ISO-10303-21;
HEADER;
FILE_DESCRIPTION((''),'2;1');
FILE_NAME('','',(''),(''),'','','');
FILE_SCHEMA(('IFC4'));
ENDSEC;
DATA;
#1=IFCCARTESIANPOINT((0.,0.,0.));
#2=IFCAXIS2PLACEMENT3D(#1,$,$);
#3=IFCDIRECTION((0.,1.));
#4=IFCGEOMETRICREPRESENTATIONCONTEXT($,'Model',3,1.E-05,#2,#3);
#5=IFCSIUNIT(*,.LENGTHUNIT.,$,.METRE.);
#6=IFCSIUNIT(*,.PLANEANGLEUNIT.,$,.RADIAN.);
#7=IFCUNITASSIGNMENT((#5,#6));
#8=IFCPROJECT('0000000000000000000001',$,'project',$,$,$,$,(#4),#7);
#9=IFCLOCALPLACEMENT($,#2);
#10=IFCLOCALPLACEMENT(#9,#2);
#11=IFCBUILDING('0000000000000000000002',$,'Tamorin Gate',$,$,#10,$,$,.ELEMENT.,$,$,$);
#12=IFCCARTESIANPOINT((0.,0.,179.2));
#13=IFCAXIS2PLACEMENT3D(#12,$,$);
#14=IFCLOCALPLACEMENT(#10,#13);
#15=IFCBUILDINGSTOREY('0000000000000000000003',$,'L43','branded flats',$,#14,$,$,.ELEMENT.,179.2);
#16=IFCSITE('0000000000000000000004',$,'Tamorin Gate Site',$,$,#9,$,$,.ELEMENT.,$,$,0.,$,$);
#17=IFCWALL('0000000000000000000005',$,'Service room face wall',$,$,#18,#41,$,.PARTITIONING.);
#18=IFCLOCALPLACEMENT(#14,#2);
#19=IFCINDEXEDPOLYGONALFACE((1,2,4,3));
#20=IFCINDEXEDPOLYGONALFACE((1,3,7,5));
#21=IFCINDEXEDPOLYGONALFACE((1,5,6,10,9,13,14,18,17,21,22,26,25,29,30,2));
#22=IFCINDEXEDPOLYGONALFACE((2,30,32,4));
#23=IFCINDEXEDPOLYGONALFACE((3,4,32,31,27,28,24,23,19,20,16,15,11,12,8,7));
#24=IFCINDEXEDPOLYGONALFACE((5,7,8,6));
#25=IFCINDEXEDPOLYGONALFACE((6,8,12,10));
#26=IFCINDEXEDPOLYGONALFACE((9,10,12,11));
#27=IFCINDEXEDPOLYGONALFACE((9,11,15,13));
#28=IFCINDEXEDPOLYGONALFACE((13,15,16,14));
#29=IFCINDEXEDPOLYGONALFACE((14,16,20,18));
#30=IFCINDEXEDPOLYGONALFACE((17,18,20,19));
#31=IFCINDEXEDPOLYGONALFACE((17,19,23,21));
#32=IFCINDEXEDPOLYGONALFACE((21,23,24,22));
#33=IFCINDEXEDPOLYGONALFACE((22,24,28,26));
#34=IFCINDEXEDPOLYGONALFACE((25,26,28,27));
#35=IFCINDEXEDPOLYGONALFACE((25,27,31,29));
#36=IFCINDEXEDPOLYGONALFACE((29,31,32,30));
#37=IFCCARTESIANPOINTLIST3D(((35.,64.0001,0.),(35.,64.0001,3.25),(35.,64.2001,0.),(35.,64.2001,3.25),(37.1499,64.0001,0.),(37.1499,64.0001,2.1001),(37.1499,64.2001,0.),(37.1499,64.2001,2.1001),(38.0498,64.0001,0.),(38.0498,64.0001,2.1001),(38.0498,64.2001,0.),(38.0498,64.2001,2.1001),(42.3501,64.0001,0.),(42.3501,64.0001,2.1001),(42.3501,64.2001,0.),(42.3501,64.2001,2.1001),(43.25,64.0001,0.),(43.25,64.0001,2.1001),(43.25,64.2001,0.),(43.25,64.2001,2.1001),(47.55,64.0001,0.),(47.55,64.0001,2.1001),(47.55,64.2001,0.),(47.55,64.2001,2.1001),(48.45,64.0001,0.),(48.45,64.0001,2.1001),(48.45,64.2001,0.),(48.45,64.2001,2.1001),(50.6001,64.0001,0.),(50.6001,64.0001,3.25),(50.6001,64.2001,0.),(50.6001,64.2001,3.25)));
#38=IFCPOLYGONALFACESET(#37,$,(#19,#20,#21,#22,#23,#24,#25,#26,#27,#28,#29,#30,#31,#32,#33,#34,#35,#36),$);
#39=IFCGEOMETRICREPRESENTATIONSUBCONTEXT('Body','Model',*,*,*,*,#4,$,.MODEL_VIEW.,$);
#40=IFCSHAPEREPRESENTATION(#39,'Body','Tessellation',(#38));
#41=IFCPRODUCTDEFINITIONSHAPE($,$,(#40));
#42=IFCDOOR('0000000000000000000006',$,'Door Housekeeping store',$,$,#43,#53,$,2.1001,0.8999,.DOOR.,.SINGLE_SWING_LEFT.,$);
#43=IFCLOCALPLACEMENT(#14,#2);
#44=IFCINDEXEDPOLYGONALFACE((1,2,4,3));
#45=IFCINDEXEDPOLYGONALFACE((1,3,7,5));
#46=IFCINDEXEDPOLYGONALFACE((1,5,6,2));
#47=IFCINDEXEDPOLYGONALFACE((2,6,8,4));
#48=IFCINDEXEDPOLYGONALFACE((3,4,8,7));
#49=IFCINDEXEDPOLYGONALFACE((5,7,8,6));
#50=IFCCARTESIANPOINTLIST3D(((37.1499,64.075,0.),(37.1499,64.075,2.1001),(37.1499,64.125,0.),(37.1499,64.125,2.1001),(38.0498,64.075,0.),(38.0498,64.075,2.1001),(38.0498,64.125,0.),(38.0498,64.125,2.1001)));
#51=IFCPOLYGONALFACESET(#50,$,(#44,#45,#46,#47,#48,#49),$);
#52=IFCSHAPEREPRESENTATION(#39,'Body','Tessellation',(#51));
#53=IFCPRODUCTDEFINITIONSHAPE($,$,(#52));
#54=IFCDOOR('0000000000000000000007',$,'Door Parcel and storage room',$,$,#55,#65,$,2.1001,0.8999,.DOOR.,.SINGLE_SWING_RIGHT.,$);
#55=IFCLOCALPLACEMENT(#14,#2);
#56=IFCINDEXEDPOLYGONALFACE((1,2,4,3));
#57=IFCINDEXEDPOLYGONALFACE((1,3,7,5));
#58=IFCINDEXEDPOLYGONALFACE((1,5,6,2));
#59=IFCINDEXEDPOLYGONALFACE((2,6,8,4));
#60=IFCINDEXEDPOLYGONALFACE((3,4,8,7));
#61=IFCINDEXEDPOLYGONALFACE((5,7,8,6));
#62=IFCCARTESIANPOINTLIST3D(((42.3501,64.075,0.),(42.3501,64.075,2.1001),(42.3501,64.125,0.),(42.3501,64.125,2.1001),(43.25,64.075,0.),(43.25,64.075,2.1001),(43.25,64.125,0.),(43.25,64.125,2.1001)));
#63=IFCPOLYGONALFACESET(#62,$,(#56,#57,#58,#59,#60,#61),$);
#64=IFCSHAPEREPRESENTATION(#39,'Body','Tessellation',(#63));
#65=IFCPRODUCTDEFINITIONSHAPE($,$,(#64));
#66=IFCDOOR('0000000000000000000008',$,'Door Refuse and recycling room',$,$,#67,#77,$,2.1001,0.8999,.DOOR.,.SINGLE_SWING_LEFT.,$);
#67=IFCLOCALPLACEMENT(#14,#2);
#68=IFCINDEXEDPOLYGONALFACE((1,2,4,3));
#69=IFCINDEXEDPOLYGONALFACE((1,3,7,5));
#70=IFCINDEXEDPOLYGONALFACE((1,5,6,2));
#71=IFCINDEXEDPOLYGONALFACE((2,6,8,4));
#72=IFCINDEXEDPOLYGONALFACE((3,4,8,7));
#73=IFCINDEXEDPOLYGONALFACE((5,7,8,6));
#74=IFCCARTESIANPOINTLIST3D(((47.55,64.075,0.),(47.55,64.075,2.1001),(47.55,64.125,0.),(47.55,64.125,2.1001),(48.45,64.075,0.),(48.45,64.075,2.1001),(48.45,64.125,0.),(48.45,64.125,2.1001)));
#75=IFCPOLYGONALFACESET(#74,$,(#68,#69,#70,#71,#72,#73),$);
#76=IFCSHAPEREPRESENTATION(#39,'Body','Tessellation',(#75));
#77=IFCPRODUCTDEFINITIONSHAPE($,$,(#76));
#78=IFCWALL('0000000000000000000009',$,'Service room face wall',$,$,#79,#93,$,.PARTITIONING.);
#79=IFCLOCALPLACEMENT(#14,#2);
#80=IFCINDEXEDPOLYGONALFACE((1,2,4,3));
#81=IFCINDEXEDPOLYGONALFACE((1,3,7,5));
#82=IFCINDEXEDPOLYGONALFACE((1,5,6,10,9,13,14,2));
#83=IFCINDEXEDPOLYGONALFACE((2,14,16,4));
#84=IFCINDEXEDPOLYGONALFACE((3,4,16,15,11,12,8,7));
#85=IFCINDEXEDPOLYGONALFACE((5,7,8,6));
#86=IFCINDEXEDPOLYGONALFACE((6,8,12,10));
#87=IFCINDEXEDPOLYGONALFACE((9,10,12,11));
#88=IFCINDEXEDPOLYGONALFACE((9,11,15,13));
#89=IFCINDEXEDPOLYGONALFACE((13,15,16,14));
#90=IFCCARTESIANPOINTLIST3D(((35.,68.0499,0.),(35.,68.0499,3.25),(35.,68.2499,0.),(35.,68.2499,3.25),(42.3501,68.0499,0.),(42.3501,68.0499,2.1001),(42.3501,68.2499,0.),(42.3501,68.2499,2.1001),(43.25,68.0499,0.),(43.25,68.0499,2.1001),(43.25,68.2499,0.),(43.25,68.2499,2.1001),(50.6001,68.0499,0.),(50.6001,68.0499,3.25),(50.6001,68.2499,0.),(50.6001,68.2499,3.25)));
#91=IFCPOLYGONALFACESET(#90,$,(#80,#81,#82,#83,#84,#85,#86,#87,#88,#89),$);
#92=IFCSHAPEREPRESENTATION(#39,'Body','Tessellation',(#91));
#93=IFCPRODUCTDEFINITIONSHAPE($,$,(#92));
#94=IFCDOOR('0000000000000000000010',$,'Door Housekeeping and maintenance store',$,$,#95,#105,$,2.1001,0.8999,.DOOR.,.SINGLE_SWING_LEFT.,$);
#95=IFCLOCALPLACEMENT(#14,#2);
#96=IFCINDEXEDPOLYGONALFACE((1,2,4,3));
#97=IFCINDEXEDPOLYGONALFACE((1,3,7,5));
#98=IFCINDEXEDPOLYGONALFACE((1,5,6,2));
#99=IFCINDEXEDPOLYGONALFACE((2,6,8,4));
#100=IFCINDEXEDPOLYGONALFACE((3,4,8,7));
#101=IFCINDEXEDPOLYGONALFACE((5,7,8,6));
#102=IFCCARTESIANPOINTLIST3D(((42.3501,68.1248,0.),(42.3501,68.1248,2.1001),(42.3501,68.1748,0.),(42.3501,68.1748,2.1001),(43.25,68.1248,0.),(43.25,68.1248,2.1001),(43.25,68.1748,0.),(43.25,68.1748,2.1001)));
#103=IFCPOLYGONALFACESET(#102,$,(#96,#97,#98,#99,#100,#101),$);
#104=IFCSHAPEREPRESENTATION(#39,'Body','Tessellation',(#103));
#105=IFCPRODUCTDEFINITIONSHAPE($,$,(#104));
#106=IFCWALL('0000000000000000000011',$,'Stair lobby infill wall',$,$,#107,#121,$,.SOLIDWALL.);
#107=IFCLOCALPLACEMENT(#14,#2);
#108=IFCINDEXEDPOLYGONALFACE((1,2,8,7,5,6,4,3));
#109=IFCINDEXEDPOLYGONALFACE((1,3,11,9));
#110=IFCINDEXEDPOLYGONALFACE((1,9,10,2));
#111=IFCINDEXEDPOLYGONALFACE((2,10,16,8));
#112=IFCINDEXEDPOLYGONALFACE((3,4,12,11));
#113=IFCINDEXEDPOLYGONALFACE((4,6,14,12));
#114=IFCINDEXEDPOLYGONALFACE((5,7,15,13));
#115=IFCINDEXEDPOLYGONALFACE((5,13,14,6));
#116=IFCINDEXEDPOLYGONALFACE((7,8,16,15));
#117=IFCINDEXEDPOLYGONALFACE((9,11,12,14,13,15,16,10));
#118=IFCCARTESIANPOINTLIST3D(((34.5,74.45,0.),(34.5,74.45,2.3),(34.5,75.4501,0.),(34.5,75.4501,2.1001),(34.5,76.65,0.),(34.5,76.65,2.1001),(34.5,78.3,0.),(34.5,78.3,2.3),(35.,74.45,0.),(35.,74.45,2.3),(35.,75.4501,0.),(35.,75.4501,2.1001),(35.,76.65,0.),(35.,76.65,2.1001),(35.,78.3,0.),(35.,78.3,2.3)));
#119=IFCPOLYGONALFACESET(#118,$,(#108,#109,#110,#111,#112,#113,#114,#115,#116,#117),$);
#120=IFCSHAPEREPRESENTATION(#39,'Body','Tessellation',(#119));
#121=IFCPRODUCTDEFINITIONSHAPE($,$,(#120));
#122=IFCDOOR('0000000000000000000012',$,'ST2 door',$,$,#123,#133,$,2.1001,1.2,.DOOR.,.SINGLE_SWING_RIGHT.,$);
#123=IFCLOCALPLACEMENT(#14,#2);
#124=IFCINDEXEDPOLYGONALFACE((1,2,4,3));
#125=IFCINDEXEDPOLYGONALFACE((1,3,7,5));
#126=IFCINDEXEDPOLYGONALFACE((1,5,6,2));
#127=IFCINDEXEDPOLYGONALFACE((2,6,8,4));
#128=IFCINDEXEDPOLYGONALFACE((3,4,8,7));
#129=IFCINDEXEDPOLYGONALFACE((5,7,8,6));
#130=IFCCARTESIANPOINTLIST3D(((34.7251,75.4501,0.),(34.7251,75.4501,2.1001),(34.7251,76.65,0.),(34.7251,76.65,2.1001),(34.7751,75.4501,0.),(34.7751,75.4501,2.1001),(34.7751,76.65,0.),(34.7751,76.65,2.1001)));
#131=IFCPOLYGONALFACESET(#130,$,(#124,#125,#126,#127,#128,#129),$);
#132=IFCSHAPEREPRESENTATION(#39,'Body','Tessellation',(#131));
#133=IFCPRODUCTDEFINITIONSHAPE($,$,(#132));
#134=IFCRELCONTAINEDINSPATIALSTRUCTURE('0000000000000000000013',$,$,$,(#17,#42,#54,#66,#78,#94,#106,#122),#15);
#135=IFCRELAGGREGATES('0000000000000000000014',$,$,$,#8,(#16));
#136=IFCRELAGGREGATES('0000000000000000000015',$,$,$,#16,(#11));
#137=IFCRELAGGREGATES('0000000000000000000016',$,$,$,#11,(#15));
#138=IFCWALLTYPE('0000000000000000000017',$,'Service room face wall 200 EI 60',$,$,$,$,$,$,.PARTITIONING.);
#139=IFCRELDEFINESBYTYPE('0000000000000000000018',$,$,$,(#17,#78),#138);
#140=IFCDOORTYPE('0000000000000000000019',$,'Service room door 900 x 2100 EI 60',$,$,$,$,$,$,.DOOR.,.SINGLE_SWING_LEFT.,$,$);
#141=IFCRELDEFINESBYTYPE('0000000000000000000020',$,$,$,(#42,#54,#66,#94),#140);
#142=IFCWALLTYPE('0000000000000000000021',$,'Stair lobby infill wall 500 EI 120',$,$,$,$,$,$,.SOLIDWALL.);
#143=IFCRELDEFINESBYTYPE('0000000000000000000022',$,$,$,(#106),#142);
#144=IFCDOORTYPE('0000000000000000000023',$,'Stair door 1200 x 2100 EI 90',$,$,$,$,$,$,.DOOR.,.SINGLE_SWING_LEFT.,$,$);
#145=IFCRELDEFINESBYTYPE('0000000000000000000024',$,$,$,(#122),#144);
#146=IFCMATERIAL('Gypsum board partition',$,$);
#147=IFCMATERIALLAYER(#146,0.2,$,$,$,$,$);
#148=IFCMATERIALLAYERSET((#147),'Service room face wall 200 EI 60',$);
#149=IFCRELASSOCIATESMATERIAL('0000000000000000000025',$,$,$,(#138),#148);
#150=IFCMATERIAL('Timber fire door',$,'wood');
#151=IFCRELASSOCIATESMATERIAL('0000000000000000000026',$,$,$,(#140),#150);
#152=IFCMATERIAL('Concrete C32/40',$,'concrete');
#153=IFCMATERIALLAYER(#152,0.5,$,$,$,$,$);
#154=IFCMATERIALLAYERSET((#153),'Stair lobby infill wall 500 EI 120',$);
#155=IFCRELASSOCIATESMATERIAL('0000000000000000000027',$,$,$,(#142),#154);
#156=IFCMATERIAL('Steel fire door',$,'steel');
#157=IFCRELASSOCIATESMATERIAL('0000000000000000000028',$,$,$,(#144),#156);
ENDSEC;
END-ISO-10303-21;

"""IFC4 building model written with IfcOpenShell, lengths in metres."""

from ifc_helpers import new_model, si_unit, direction, frame, frame_2d, origin, place, context, subcontext, project, spatial, rectangle, extrude, material, layer, layer_set, type_object, element, fill, save


model = new_model("IFC4")

# Units and contexts
model_context = context("Model", 3, precision=1e-05, world=origin(), true_north=direction((0.0, 1.0)))
body_context = subcontext(model_context, "Body", "Model", "MODEL_VIEW")
ifc_project = project(units=[si_unit("LENGTHUNIT", "METRE"), si_unit("PLANEANGLEUNIT", "RADIAN")], contexts=[model_context])

# Site, building, storey
site_placement = place(None, origin())
site = spatial("IfcSite", under=ifc_project, at=site_placement, Name="Tamorin Gate Site", CompositionType="ELEMENT", RefElevation=0.0)
building_placement = place(site_placement, origin())
building = spatial("IfcBuilding", under=site, at=building_placement, Name="Tamorin Gate", CompositionType="ELEMENT")
storey_placement = place(building_placement, frame((0.0, 0.0, 179.2)))
storey = spatial("IfcBuildingStorey", under=building, at=storey_placement, Name="L43", Description="branded flats", CompositionType="ELEMENT", Elevation=179.2)

# Shared definitions
ifc_material_1 = material(Name="Concrete C32/40", Category="concrete")

# Wall, openings, doors
ifc_material_2 = material(Name="Gypsum board partition")
ifc_layer_1 = layer(ifc_material_2, 0.2)
ifc_layer_set_1 = layer_set([ifc_layer_1], Name="Service room face wall 200 EI 60")
wall_type_1 = type_object("IfcWallType", Name="Service room face wall 200 EI 60", PredefinedType="PARTITIONING", material=ifc_layer_set_1)
wall_1_placement = place(storey_placement, frame((35.0, 64.1001, 0.0), z_axis=(0.0, 0.0, 1.0), x_axis=(1.0, 0.0, 0.0)))
wall_1 = element("IfcWall", 1, at=wall_1_placement, inside=storey, type_object=wall_type_1, Name="Service room face wall", PredefinedType="PARTITIONING", context=body_context, shape_type="SweptSolid", body=[
    extrude(rectangle(XDim=15.6001, YDim=0.2, at=frame_2d((7.8, 0.0))), origin(), (0.0, 0.0, 1.0), 3.25),
])
opening_1_placement = place(wall_1_placement, frame((2.1499, 0.0, 0.0)))
opening_1 = element("IfcOpeningElement", 2, at=opening_1_placement, cuts=wall_1, PredefinedType="OPENING", context=body_context, shape_type="SweptSolid", body=[
    extrude(rectangle(XDim=0.8999, YDim=2.1001, at=frame_2d((0.45, 1.05))), frame((0.0, 0.1099, 0.0), z_axis=(0.0, -1.0, 0.0), x_axis=(1.0, 0.0, 0.0)), (0.0, 0.0, 1.0), 0.22),
])
opening_2_placement = place(wall_1_placement, frame((7.3501, 0.0, 0.0)))
opening_2 = element("IfcOpeningElement", 3, at=opening_2_placement, cuts=wall_1, PredefinedType="OPENING", context=body_context, shape_type="SweptSolid", body=[
    extrude(rectangle(XDim=0.8999, YDim=2.1001, at=frame_2d((0.45, 1.05))), frame((0.0, 0.1099, 0.0), z_axis=(0.0, -1.0, 0.0), x_axis=(1.0, 0.0, 0.0)), (0.0, 0.0, 1.0), 0.22),
])
opening_3_placement = place(wall_1_placement, frame((12.55, 0.0, 0.0)))
opening_3 = element("IfcOpeningElement", 4, at=opening_3_placement, cuts=wall_1, PredefinedType="OPENING", context=body_context, shape_type="SweptSolid", body=[
    extrude(rectangle(XDim=0.8999, YDim=2.1001, at=frame_2d((0.45, 1.05))), frame((0.0, 0.1099, 0.0), z_axis=(0.0, -1.0, 0.0), x_axis=(1.0, 0.0, 0.0)), (0.0, 0.0, 1.0), 0.22),
])
ifc_material_3 = material(Name="Timber fire door", Category="wood")
door_type_1 = type_object("IfcDoorType", Name="Service room door 900 x 2100 EI 60", OperationType="SINGLE_SWING_LEFT", PredefinedType="DOOR", material=ifc_material_3)
door_1_placement = place(opening_1_placement, origin())
door_1 = element("IfcDoor", 5, at=door_1_placement, inside=storey, type_object=door_type_1, Name="Door Housekeeping store", OperationType="SINGLE_SWING_LEFT", OverallHeight=2.1001, OverallWidth=0.8999, PredefinedType="DOOR", context=body_context, shape_type="SweptSolid", body=[
    extrude(rectangle(XDim=0.8999, YDim=2.1001, at=frame_2d((0.45, 1.05))), frame((0.0, 0.0249, 0.0), z_axis=(0.0, -1.0, 0.0), x_axis=(1.0, 0.0, 0.0)), (0.0, 0.0, 1.0), 0.05),
])
fill(opening_1, door_1)
door_2_placement = place(opening_2_placement, origin())
door_2 = element("IfcDoor", 6, at=door_2_placement, inside=storey, type_object=door_type_1, Name="Door Parcel and storage room", OperationType="SINGLE_SWING_RIGHT", OverallHeight=2.1001, OverallWidth=0.8999, PredefinedType="DOOR", context=body_context, shape_type="SweptSolid", body=[
    extrude(rectangle(XDim=0.8999, YDim=2.1001, at=frame_2d((0.45, 1.05))), frame((0.0, 0.0249, 0.0), z_axis=(0.0, -1.0, 0.0), x_axis=(1.0, 0.0, 0.0)), (0.0, 0.0, 1.0), 0.05),
])
fill(opening_2, door_2)
door_3_placement = place(opening_3_placement, origin())
door_3 = element("IfcDoor", 7, at=door_3_placement, inside=storey, type_object=door_type_1, Name="Door Refuse and recycling room", OperationType="SINGLE_SWING_LEFT", OverallHeight=2.1001, OverallWidth=0.8999, PredefinedType="DOOR", context=body_context, shape_type="SweptSolid", body=[
    extrude(rectangle(XDim=0.8999, YDim=2.1001, at=frame_2d((0.45, 1.05))), frame((0.0, 0.0249, 0.0), z_axis=(0.0, -1.0, 0.0), x_axis=(1.0, 0.0, 0.0)), (0.0, 0.0, 1.0), 0.05),
])
fill(opening_3, door_3)

# Walls, openings, doors
wall_2_placement = place(storey_placement, frame((35.0, 68.1499, 0.0), z_axis=(0.0, 0.0, 1.0), x_axis=(1.0, 0.0, 0.0)))
wall_2 = element("IfcWall", 8, at=wall_2_placement, inside=storey, type_object=wall_type_1, Name="Service room face wall", PredefinedType="PARTITIONING", context=body_context, shape_type="SweptSolid", body=[
    extrude(rectangle(XDim=15.6001, YDim=0.2, at=frame_2d((7.8, 0.0))), origin(), (0.0, 0.0, 1.0), 3.25),
])
opening_4_placement = place(wall_2_placement, frame((7.3501, 0.0, 0.0)))
opening_4 = element("IfcOpeningElement", 9, at=opening_4_placement, cuts=wall_2, PredefinedType="OPENING", context=body_context, shape_type="SweptSolid", body=[
    extrude(rectangle(XDim=0.8999, YDim=2.1001, at=frame_2d((0.45, 1.05))), frame((0.0, 0.1099, 0.0), z_axis=(0.0, -1.0, 0.0), x_axis=(1.0, 0.0, 0.0)), (0.0, 0.0, 1.0), 0.22),
])
door_4_placement = place(opening_4_placement, origin())
door_4 = element("IfcDoor", 10, at=door_4_placement, inside=storey, type_object=door_type_1, Name="Door Housekeeping and maintenance store", OperationType="SINGLE_SWING_LEFT", OverallHeight=2.1001, OverallWidth=0.8999, PredefinedType="DOOR", context=body_context, shape_type="SweptSolid", body=[
    extrude(rectangle(XDim=0.8999, YDim=2.1001, at=frame_2d((0.45, 1.05))), frame((0.0, 0.0249, 0.0), z_axis=(0.0, -1.0, 0.0), x_axis=(1.0, 0.0, 0.0)), (0.0, 0.0, 1.0), 0.05),
])
fill(opening_4, door_4)
ifc_layer_2 = layer(ifc_material_1, 0.5)
ifc_layer_set_2 = layer_set([ifc_layer_2], Name="Stair lobby infill wall 500 EI 120")
wall_type_2 = type_object("IfcWallType", Name="Stair lobby infill wall 500 EI 120", PredefinedType="SOLIDWALL", material=ifc_layer_set_2)
wall_3_placement = place(storey_placement, frame((34.75, 74.45, 0.0), z_axis=(0.0, 0.0, 1.0), x_axis=(0.0, 1.0, 0.0)))
wall_3 = element("IfcWall", 11, at=wall_3_placement, inside=storey, type_object=wall_type_2, Name="Stair lobby infill wall", PredefinedType="SOLIDWALL", context=body_context, shape_type="SweptSolid", body=[
    extrude(rectangle(XDim=3.8501, YDim=0.5, at=frame_2d((1.925, 0.0))), origin(), (0.0, 0.0, 1.0), 2.3),
])
opening_5_placement = place(wall_3_placement, frame((1.0, 0.0, 0.0)))
opening_5 = element("IfcOpeningElement", 12, at=opening_5_placement, cuts=wall_3, PredefinedType="OPENING", context=body_context, shape_type="SweptSolid", body=[
    extrude(rectangle(XDim=1.2, YDim=2.1001, at=frame_2d((0.6001, 1.05))), frame((0.0, 0.26, 0.0), z_axis=(0.0, -1.0, 0.0), x_axis=(1.0, 0.0, 0.0)), (0.0, 0.0, 1.0), 0.52),
])
ifc_material_4 = material(Name="Steel fire door", Category="steel")
door_type_2 = type_object("IfcDoorType", Name="Stair door 1200 x 2100 EI 90", OperationType="SINGLE_SWING_LEFT", PredefinedType="DOOR", material=ifc_material_4)
door_5_placement = place(opening_5_placement, origin())
door_5 = element("IfcDoor", 13, at=door_5_placement, inside=storey, type_object=door_type_2, Name="ST2 door", OperationType="SINGLE_SWING_RIGHT", OverallHeight=2.1001, OverallWidth=1.2, PredefinedType="DOOR", context=body_context, shape_type="SweptSolid", body=[
    extrude(rectangle(XDim=1.2, YDim=2.1001, at=frame_2d((0.6001, 1.05))), frame((0.0, 0.0249, 0.0), z_axis=(0.0, -1.0, 0.0), x_axis=(1.0, 0.0, 0.0)), (0.0, 0.0, 1.0), 0.05),
])
fill(opening_5, door_5)

save(model, "model.ifc")
